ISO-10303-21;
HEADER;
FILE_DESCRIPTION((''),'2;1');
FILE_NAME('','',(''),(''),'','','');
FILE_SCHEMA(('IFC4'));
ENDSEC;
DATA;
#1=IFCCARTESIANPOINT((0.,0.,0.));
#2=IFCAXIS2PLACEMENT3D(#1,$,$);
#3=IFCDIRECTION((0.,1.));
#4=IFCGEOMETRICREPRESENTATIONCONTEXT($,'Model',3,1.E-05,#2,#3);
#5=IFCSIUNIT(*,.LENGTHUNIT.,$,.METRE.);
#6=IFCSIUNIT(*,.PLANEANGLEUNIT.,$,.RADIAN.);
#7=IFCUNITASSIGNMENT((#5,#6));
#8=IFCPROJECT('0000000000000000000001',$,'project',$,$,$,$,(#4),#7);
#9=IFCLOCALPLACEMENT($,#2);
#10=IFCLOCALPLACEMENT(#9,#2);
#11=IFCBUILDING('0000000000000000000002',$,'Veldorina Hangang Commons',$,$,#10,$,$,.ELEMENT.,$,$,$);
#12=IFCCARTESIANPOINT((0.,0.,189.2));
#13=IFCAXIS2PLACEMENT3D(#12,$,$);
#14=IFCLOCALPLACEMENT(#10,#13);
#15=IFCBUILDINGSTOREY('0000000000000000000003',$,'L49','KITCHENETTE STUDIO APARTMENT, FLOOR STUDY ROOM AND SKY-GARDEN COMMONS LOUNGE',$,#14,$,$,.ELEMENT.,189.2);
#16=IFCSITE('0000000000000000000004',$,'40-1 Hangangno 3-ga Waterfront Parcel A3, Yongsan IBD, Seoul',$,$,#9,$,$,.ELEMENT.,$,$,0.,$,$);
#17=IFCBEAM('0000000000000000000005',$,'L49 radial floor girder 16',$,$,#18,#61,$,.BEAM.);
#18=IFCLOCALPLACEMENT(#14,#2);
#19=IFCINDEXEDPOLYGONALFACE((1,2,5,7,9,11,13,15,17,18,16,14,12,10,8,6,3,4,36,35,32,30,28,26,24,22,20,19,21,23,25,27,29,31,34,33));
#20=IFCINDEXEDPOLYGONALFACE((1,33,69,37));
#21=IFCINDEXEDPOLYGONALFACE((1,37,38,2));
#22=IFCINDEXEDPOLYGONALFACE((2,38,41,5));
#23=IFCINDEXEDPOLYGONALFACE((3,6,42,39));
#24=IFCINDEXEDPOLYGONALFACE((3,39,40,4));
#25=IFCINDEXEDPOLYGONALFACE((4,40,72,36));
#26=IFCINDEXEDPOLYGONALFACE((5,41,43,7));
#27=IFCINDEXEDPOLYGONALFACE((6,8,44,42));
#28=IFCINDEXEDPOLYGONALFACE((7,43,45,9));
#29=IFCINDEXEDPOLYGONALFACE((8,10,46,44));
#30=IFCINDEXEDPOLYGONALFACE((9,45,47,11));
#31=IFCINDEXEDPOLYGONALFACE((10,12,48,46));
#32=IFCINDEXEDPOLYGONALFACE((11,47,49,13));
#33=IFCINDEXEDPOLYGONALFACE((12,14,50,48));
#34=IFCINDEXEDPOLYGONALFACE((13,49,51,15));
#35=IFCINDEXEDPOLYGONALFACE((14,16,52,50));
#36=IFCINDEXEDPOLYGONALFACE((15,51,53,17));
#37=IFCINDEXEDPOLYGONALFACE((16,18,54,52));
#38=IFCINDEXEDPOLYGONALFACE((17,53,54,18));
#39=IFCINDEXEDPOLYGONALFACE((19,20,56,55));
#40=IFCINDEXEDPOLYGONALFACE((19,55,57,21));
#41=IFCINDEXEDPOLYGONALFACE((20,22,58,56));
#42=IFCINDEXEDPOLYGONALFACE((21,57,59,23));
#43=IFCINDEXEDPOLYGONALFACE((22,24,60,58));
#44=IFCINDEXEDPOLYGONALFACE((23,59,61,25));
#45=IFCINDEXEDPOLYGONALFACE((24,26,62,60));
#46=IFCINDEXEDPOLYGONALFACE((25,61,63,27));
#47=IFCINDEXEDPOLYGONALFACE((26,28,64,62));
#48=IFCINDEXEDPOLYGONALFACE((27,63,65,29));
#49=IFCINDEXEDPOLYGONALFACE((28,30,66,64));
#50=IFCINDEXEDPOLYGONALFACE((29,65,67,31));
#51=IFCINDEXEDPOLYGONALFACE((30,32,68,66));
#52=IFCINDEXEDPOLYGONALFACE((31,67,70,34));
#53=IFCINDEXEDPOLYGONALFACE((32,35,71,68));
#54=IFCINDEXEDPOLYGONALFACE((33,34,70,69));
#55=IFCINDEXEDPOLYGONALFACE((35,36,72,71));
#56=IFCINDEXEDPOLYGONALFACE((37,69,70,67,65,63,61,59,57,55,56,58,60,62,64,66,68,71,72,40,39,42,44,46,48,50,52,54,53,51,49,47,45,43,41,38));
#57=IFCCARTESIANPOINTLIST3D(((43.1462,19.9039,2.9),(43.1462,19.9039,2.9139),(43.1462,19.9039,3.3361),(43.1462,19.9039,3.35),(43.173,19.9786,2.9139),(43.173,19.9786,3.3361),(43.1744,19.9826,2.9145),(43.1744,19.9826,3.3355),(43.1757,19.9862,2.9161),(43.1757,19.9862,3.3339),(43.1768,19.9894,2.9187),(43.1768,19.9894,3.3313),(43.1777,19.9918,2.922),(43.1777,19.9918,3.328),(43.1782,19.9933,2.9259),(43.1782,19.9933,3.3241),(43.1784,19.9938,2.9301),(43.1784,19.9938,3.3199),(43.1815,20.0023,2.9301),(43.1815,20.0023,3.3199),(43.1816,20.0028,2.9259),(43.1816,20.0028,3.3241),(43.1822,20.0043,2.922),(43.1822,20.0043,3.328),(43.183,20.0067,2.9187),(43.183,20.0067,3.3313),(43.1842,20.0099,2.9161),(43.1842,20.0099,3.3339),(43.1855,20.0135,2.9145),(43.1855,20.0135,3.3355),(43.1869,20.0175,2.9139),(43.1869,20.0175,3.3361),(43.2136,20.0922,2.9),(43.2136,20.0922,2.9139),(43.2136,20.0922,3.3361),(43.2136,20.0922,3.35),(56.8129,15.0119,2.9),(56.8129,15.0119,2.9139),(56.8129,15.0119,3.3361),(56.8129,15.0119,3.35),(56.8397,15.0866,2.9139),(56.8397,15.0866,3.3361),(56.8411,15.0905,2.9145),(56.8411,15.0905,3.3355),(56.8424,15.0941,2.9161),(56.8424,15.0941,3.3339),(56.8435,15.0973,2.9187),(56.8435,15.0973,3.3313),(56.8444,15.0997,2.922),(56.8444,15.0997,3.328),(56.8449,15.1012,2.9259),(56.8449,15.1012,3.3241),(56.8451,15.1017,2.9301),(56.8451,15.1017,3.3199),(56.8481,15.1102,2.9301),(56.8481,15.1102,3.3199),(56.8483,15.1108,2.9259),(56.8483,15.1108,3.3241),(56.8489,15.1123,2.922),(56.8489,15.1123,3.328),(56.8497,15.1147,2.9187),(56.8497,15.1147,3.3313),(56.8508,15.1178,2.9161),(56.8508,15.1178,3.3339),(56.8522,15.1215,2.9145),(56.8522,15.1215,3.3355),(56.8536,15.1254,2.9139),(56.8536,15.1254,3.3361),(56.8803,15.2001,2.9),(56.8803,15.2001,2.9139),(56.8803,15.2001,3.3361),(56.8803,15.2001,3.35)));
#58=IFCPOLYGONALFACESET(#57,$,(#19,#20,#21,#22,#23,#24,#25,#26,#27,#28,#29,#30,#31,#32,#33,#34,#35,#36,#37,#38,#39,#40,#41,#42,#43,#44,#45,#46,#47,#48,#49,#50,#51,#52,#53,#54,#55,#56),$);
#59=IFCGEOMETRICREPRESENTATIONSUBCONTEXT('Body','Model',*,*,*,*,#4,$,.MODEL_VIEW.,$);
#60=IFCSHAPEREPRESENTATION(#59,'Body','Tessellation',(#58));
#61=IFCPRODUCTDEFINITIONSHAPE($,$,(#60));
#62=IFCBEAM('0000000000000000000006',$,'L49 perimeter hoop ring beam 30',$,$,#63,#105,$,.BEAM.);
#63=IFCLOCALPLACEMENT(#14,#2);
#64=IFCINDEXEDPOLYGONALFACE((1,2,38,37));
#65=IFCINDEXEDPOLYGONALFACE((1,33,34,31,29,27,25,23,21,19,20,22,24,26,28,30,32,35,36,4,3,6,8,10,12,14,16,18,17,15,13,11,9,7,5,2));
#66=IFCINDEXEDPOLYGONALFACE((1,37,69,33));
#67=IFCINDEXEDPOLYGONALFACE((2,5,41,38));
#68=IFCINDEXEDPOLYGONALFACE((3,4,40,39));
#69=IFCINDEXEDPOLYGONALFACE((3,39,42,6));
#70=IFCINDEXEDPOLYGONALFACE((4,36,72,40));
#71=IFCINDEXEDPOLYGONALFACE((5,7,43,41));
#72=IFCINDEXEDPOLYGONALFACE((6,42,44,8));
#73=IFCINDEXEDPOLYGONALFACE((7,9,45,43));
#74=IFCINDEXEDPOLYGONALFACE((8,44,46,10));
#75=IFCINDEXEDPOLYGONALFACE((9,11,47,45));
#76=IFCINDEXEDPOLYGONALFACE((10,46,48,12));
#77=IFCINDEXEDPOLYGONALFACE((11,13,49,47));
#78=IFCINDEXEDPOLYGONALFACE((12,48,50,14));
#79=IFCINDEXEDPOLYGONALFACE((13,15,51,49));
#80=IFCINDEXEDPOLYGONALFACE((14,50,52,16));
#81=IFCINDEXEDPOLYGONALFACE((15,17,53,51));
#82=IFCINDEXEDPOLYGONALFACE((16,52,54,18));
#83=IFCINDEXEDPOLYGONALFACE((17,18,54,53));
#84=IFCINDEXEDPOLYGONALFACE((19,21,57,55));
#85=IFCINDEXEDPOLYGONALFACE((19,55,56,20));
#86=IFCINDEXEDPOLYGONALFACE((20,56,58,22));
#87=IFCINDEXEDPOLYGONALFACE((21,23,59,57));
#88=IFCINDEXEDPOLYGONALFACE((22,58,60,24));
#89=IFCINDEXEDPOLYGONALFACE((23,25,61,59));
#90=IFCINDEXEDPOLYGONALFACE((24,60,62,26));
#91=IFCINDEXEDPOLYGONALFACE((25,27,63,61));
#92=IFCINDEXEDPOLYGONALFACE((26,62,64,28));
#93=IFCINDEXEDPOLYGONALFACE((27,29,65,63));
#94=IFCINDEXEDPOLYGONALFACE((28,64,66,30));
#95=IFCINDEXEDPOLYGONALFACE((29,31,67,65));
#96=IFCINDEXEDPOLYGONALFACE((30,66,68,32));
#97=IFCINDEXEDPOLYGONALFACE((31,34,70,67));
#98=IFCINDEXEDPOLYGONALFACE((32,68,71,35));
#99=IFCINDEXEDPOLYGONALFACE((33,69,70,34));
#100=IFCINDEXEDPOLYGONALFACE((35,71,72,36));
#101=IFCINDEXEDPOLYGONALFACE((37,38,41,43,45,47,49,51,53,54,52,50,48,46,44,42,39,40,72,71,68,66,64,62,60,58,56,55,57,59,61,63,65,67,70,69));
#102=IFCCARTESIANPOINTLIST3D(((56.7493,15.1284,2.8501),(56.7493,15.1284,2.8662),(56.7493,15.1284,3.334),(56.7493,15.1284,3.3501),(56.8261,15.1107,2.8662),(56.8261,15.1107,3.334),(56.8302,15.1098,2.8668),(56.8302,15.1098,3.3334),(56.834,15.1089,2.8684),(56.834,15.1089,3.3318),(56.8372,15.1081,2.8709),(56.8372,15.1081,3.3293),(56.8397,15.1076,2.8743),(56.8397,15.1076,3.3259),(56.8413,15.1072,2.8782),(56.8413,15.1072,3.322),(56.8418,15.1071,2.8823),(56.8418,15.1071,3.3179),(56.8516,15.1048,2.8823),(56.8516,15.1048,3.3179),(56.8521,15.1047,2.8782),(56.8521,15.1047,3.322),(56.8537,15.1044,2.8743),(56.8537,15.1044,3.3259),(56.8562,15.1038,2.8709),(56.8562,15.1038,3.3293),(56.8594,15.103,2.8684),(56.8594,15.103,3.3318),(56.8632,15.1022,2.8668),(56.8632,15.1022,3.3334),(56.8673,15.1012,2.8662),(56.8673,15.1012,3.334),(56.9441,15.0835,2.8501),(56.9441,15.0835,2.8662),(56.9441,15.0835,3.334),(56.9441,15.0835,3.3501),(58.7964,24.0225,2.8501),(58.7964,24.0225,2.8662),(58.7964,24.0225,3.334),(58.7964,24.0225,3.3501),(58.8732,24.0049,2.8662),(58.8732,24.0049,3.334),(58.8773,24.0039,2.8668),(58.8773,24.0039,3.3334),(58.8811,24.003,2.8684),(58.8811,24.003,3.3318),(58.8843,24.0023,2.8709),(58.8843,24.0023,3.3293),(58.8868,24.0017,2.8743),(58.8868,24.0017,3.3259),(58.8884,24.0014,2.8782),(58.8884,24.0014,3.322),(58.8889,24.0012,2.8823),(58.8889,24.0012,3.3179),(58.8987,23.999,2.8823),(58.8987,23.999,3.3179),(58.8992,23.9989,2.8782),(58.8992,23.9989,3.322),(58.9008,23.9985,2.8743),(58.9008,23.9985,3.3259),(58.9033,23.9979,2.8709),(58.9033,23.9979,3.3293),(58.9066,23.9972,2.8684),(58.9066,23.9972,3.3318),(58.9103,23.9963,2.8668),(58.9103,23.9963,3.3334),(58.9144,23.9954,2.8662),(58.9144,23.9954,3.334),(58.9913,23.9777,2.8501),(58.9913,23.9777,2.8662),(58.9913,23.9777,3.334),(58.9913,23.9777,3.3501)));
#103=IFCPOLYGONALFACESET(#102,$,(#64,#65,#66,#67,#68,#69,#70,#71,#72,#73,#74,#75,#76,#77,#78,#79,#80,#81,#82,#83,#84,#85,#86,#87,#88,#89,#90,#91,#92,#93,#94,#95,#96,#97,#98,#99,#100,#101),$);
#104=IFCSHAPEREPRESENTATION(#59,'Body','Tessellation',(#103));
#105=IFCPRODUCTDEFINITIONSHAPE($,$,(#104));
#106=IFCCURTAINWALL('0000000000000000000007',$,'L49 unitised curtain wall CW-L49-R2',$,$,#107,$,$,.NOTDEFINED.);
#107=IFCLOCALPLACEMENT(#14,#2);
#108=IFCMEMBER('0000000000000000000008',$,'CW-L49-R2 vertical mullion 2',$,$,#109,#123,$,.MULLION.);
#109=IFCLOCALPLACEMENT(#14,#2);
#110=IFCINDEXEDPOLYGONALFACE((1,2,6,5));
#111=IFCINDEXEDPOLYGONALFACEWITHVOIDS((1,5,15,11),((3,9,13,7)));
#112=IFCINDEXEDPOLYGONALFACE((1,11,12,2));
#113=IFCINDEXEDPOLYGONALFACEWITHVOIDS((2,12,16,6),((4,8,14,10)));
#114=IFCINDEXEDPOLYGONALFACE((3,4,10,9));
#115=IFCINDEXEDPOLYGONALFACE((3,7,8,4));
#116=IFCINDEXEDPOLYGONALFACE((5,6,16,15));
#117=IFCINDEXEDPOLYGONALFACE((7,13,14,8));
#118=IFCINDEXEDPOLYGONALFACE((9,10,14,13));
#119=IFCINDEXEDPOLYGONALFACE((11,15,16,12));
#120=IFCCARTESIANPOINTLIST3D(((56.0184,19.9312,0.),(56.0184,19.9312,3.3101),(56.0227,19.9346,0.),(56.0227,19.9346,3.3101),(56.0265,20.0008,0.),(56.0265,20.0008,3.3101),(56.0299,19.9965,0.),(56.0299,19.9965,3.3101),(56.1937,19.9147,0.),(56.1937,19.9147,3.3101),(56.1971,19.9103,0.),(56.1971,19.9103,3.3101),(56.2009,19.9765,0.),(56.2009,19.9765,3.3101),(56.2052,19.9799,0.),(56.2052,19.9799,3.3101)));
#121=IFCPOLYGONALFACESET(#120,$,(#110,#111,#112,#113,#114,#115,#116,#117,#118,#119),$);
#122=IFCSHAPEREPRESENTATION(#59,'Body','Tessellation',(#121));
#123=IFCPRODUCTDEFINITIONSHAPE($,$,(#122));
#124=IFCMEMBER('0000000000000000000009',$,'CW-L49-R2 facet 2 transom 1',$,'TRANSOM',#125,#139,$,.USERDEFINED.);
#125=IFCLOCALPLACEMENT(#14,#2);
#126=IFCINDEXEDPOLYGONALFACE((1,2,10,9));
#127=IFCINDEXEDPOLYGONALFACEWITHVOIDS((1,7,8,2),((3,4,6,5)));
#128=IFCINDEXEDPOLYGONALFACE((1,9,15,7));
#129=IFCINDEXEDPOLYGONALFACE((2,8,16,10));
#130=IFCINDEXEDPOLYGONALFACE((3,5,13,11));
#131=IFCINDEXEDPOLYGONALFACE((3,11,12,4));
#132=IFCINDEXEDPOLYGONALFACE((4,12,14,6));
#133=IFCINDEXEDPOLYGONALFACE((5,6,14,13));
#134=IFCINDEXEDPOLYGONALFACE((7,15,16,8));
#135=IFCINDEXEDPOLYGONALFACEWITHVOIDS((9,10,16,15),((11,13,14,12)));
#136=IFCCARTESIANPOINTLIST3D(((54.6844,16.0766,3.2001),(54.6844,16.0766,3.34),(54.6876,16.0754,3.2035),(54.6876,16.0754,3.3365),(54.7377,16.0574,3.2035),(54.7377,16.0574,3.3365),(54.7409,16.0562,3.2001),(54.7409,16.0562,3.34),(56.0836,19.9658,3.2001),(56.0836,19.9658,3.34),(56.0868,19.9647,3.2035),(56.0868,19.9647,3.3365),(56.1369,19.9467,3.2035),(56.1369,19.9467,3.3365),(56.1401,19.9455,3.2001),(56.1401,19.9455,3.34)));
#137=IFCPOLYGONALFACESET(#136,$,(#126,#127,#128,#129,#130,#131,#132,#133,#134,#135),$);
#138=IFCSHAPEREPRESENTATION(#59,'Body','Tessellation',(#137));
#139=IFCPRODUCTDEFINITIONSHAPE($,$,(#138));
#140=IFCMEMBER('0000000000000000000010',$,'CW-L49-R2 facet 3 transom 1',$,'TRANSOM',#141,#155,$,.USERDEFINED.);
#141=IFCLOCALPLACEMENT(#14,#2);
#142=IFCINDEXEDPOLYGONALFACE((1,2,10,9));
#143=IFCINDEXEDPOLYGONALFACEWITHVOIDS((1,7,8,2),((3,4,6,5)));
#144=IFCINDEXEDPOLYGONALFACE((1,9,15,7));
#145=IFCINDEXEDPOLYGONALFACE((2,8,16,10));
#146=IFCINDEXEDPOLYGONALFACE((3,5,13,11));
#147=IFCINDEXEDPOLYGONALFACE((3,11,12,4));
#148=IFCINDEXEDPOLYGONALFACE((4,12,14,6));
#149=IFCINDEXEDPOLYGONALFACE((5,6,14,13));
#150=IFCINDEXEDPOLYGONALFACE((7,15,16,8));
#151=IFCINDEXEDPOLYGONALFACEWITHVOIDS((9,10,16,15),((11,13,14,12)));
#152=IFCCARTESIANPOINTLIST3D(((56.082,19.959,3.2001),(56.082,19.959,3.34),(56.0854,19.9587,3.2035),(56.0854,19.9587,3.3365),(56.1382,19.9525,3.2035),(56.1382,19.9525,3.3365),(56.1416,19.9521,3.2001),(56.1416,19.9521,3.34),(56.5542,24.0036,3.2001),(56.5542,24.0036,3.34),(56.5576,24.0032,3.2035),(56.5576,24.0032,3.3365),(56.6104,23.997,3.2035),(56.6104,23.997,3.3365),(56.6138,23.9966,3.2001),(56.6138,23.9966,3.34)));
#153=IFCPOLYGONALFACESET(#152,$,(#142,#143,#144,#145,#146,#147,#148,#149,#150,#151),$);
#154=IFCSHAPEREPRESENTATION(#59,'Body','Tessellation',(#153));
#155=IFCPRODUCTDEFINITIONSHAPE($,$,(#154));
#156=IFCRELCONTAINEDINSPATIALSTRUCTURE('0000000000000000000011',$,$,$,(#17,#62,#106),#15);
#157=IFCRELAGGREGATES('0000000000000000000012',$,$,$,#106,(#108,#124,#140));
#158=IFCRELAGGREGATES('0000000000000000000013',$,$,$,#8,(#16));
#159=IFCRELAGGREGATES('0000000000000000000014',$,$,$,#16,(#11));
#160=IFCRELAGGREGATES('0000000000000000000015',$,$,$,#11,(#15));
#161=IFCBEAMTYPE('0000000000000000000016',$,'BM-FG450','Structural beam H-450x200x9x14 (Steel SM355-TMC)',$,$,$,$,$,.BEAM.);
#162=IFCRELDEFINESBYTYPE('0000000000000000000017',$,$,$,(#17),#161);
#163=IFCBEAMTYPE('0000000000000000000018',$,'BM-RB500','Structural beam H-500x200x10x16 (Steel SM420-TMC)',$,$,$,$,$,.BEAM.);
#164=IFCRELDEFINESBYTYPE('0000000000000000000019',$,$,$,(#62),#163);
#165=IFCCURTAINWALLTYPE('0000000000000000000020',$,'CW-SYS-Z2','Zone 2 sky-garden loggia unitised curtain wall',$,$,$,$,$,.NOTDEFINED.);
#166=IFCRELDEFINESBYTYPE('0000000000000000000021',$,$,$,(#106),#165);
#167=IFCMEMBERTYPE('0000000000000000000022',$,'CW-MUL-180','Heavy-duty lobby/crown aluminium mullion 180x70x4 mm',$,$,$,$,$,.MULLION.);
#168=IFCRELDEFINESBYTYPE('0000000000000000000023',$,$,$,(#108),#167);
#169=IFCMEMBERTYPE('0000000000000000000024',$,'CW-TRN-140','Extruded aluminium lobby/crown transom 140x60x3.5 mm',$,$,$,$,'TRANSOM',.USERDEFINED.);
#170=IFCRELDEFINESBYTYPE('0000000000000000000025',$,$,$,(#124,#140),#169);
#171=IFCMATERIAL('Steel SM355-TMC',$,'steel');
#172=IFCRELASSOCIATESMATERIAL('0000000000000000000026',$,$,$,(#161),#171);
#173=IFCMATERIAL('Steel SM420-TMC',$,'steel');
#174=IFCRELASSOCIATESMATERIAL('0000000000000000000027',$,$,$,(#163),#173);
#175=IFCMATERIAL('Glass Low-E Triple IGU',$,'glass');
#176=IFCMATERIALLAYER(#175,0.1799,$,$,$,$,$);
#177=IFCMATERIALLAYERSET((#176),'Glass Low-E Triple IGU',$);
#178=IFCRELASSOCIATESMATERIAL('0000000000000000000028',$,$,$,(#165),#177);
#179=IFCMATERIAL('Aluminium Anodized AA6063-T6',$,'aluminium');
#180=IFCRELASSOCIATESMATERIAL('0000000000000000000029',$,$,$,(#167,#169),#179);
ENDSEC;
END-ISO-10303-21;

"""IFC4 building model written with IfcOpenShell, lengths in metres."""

from ifc_helpers import new_model, si_unit, direction, frame, origin, origin_2d, place, context, subcontext, project, spatial, hollow_rectangle, i_section, extrude, material, layer, layer_set, material_profile, profile_set, type_object, element, aggregate, save


model = new_model("IFC4")

# Units and contexts
model_context = context("Model", 3, precision=1e-05, world=origin(), true_north=direction((0.0, 1.0)))
body_context = subcontext(model_context, "Body", "Model", "MODEL_VIEW")
ifc_project = project(units=[si_unit("LENGTHUNIT", "METRE"), si_unit("PLANEANGLEUNIT", "RADIAN")], contexts=[model_context])

# Site, building, storey
site_placement = place(None, origin())
site = spatial("IfcSite", under=ifc_project, at=site_placement, Name="40-1 Hangangno 3-ga Waterfront Parcel A3, Yongsan IBD, Seoul", CompositionType="ELEMENT", RefElevation=0.0)
building_placement = place(site_placement, origin())
building = spatial("IfcBuilding", under=site, at=building_placement, Name="Veldorina Hangang Commons", CompositionType="ELEMENT")
storey_placement = place(building_placement, frame((0.0, 0.0, 189.2)))
storey = spatial("IfcBuildingStorey", under=building, at=storey_placement, Name="L49", Description="KITCHENETTE STUDIO APARTMENT, FLOOR STUDY ROOM AND SKY-GARDEN COMMONS LOUNGE", CompositionType="ELEMENT", Elevation=189.2)

# Beams
ifc_material_1 = material(Name="Steel SM355-TMC", Category="steel")
ifc_material_profile_1 = material_profile(ifc_material_1, i_section(OverallWidth=0.2, OverallDepth=0.45, WebThickness=0.009, FlangeThickness=0.0139, FilletRadius=0.0161, at=origin_2d()), Name="H-450x200x9x14")
ifc_profile_set_1 = profile_set([ifc_material_profile_1], Name="Steel SM355-TMC")
beam_type_1 = type_object("IfcBeamType", Name="BM-FG450", Description="Structural beam H-450x200x9x14 (Steel SM355-TMC)", PredefinedType="BEAM", material=ifc_profile_set_1)
beam_1_placement = place(storey_placement, frame((43.1799, 19.998, 3.125), z_axis=(0.941499, -0.337015, 0.0), x_axis=(0.337015, 0.941499, 0.0)))
element("IfcBeam", 1, at=beam_1_placement, inside=storey, type_object=beam_type_1, Name="L49 radial floor girder 16", PredefinedType="BEAM", context=body_context, shape_type="SweptSolid", body=[
    extrude(i_section(OverallWidth=0.2, OverallDepth=0.45, WebThickness=0.009, FlangeThickness=0.0139, FilletRadius=0.0161, at=origin_2d()), origin(), (0.0, 0.0, 1.0), 14.5159),
])
ifc_material_2 = material(Name="Steel SM420-TMC", Category="steel")
ifc_material_profile_2 = material_profile(ifc_material_2, i_section(OverallWidth=0.2, OverallDepth=0.5, WebThickness=0.01, FlangeThickness=0.0161, FilletRadius=0.0161, at=origin_2d()), Name="H-500x200x10x16")
ifc_profile_set_2 = profile_set([ifc_material_profile_2], Name="Steel SM420-TMC")
beam_type_2 = type_object("IfcBeamType", Name="BM-RB500", Description="Structural beam H-500x200x10x16 (Steel SM420-TMC)", PredefinedType="BEAM", material=ifc_profile_set_2)
beam_2_placement = place(storey_placement, frame((56.8467, 15.106, 3.1001), z_axis=(0.224303, 0.97452, 0.0), x_axis=(-0.97452, 0.224303, 0.0)))
element("IfcBeam", 2, at=beam_2_placement, inside=storey, type_object=beam_type_2, Name="L49 perimeter hoop ring beam 30", PredefinedType="BEAM", context=body_context, shape_type="SweptSolid", body=[
    extrude(i_section(OverallWidth=0.2, OverallDepth=0.5, WebThickness=0.01, FlangeThickness=0.0161, FilletRadius=0.0161, at=origin_2d()), origin(), (0.0, 0.0, 1.0), 9.1267),
])

# Curtain wall, members
ifc_material_3 = material(Name="Glass Low-E Triple IGU", Category="glass")
ifc_layer_1 = layer(ifc_material_3, 0.1799)
ifc_layer_set_1 = layer_set([ifc_layer_1], Name="Glass Low-E Triple IGU")
curtain_wall_type = type_object("IfcCurtainWallType", Name="CW-SYS-Z2", Description="Zone 2 sky-garden loggia unitised curtain wall", PredefinedType="NOTDEFINED", material=ifc_layer_set_1)
curtain_wall_placement = place(storey_placement, origin())
curtain_wall = element("IfcCurtainWall", 3, at=curtain_wall_placement, inside=storey, type_object=curtain_wall_type, Name="L49 unitised curtain wall CW-L49-R2", PredefinedType="NOTDEFINED")
ifc_material_4 = material(Name="Aluminium Anodized AA6063-T6", Category="aluminium")
ifc_material_profile_3 = material_profile(ifc_material_4, hollow_rectangle(XDim=0.0701, YDim=0.1799, WallThickness=0.0039, at=origin_2d()), Name="ALU-RHS-180x70x4")
ifc_profile_set_3 = profile_set([ifc_material_profile_3], Name="Aluminium Anodized AA6063-T6")
member_type_1 = type_object("IfcMemberType", Name="CW-MUL-180", Description="Heavy-duty lobby/crown aluminium mullion 180x70x4 mm", PredefinedType="MULLION", material=ifc_profile_set_3)
member_1_placement = place(storey_placement, frame((56.1118, 19.9556, 0.0), z_axis=(0.0, 0.0, 1.0), x_axis=(0.116012, 0.993248, 0.0)))
member_1 = element("IfcMember", 4, at=member_1_placement, type_object=member_type_1, Name="CW-L49-R2 vertical mullion 2", PredefinedType="MULLION", context=body_context, shape_type="SweptSolid", body=[
    extrude(hollow_rectangle(XDim=0.0701, YDim=0.1799, WallThickness=0.0039, at=origin_2d()), origin(), (0.0, 0.0, 1.0), 3.3101),
])
ifc_material_profile_4 = material_profile(ifc_material_4, hollow_rectangle(XDim=0.0601, YDim=0.1399, WallThickness=0.0034, at=origin_2d()), Name="ALU-RHS-140x60x3.5")
ifc_profile_set_4 = profile_set([ifc_material_profile_4], Name="Aluminium Anodized AA6063-T6")
member_type_2 = type_object("IfcMemberType", Name="CW-TRN-140", Description="Extruded aluminium lobby/crown transom 140x60x3.5 mm", ElementType="TRANSOM", PredefinedType="USERDEFINED", material=ifc_profile_set_4)
member_2_placement = place(storey_placement, frame((54.7126, 16.0664, 3.27), z_axis=(0.338521, 0.940959, 0.0), x_axis=(-0.940959, 0.338521, 0.0)))
member_2 = element("IfcMember", 5, at=member_2_placement, type_object=member_type_2, Name="CW-L49-R2 facet 2 transom 1", ObjectType="TRANSOM", PredefinedType="USERDEFINED", context=body_context, shape_type="SweptSolid", body=[
    extrude(hollow_rectangle(XDim=0.0601, YDim=0.1399, WallThickness=0.0034, at=origin_2d()), origin(), (0.0, 0.0, 1.0), 4.1333),
])
member_3_placement = place(storey_placement, frame((56.1118, 19.9556, 3.27), z_axis=(0.115958, 0.993254, 0.0), x_axis=(-0.993254, 0.115958, 0.0)))
member_3 = element("IfcMember", 6, at=member_3_placement, type_object=member_type_2, Name="CW-L49-R2 facet 3 transom 1", ObjectType="TRANSOM", PredefinedType="USERDEFINED", context=body_context, shape_type="SweptSolid", body=[
    extrude(hollow_rectangle(XDim=0.0601, YDim=0.1399, WallThickness=0.0034, at=origin_2d()), origin(), (0.0, 0.0, 1.0), 4.072),
])

aggregate(curtain_wall, [member_1, member_2, member_3])

save(model, "model.ifc")
